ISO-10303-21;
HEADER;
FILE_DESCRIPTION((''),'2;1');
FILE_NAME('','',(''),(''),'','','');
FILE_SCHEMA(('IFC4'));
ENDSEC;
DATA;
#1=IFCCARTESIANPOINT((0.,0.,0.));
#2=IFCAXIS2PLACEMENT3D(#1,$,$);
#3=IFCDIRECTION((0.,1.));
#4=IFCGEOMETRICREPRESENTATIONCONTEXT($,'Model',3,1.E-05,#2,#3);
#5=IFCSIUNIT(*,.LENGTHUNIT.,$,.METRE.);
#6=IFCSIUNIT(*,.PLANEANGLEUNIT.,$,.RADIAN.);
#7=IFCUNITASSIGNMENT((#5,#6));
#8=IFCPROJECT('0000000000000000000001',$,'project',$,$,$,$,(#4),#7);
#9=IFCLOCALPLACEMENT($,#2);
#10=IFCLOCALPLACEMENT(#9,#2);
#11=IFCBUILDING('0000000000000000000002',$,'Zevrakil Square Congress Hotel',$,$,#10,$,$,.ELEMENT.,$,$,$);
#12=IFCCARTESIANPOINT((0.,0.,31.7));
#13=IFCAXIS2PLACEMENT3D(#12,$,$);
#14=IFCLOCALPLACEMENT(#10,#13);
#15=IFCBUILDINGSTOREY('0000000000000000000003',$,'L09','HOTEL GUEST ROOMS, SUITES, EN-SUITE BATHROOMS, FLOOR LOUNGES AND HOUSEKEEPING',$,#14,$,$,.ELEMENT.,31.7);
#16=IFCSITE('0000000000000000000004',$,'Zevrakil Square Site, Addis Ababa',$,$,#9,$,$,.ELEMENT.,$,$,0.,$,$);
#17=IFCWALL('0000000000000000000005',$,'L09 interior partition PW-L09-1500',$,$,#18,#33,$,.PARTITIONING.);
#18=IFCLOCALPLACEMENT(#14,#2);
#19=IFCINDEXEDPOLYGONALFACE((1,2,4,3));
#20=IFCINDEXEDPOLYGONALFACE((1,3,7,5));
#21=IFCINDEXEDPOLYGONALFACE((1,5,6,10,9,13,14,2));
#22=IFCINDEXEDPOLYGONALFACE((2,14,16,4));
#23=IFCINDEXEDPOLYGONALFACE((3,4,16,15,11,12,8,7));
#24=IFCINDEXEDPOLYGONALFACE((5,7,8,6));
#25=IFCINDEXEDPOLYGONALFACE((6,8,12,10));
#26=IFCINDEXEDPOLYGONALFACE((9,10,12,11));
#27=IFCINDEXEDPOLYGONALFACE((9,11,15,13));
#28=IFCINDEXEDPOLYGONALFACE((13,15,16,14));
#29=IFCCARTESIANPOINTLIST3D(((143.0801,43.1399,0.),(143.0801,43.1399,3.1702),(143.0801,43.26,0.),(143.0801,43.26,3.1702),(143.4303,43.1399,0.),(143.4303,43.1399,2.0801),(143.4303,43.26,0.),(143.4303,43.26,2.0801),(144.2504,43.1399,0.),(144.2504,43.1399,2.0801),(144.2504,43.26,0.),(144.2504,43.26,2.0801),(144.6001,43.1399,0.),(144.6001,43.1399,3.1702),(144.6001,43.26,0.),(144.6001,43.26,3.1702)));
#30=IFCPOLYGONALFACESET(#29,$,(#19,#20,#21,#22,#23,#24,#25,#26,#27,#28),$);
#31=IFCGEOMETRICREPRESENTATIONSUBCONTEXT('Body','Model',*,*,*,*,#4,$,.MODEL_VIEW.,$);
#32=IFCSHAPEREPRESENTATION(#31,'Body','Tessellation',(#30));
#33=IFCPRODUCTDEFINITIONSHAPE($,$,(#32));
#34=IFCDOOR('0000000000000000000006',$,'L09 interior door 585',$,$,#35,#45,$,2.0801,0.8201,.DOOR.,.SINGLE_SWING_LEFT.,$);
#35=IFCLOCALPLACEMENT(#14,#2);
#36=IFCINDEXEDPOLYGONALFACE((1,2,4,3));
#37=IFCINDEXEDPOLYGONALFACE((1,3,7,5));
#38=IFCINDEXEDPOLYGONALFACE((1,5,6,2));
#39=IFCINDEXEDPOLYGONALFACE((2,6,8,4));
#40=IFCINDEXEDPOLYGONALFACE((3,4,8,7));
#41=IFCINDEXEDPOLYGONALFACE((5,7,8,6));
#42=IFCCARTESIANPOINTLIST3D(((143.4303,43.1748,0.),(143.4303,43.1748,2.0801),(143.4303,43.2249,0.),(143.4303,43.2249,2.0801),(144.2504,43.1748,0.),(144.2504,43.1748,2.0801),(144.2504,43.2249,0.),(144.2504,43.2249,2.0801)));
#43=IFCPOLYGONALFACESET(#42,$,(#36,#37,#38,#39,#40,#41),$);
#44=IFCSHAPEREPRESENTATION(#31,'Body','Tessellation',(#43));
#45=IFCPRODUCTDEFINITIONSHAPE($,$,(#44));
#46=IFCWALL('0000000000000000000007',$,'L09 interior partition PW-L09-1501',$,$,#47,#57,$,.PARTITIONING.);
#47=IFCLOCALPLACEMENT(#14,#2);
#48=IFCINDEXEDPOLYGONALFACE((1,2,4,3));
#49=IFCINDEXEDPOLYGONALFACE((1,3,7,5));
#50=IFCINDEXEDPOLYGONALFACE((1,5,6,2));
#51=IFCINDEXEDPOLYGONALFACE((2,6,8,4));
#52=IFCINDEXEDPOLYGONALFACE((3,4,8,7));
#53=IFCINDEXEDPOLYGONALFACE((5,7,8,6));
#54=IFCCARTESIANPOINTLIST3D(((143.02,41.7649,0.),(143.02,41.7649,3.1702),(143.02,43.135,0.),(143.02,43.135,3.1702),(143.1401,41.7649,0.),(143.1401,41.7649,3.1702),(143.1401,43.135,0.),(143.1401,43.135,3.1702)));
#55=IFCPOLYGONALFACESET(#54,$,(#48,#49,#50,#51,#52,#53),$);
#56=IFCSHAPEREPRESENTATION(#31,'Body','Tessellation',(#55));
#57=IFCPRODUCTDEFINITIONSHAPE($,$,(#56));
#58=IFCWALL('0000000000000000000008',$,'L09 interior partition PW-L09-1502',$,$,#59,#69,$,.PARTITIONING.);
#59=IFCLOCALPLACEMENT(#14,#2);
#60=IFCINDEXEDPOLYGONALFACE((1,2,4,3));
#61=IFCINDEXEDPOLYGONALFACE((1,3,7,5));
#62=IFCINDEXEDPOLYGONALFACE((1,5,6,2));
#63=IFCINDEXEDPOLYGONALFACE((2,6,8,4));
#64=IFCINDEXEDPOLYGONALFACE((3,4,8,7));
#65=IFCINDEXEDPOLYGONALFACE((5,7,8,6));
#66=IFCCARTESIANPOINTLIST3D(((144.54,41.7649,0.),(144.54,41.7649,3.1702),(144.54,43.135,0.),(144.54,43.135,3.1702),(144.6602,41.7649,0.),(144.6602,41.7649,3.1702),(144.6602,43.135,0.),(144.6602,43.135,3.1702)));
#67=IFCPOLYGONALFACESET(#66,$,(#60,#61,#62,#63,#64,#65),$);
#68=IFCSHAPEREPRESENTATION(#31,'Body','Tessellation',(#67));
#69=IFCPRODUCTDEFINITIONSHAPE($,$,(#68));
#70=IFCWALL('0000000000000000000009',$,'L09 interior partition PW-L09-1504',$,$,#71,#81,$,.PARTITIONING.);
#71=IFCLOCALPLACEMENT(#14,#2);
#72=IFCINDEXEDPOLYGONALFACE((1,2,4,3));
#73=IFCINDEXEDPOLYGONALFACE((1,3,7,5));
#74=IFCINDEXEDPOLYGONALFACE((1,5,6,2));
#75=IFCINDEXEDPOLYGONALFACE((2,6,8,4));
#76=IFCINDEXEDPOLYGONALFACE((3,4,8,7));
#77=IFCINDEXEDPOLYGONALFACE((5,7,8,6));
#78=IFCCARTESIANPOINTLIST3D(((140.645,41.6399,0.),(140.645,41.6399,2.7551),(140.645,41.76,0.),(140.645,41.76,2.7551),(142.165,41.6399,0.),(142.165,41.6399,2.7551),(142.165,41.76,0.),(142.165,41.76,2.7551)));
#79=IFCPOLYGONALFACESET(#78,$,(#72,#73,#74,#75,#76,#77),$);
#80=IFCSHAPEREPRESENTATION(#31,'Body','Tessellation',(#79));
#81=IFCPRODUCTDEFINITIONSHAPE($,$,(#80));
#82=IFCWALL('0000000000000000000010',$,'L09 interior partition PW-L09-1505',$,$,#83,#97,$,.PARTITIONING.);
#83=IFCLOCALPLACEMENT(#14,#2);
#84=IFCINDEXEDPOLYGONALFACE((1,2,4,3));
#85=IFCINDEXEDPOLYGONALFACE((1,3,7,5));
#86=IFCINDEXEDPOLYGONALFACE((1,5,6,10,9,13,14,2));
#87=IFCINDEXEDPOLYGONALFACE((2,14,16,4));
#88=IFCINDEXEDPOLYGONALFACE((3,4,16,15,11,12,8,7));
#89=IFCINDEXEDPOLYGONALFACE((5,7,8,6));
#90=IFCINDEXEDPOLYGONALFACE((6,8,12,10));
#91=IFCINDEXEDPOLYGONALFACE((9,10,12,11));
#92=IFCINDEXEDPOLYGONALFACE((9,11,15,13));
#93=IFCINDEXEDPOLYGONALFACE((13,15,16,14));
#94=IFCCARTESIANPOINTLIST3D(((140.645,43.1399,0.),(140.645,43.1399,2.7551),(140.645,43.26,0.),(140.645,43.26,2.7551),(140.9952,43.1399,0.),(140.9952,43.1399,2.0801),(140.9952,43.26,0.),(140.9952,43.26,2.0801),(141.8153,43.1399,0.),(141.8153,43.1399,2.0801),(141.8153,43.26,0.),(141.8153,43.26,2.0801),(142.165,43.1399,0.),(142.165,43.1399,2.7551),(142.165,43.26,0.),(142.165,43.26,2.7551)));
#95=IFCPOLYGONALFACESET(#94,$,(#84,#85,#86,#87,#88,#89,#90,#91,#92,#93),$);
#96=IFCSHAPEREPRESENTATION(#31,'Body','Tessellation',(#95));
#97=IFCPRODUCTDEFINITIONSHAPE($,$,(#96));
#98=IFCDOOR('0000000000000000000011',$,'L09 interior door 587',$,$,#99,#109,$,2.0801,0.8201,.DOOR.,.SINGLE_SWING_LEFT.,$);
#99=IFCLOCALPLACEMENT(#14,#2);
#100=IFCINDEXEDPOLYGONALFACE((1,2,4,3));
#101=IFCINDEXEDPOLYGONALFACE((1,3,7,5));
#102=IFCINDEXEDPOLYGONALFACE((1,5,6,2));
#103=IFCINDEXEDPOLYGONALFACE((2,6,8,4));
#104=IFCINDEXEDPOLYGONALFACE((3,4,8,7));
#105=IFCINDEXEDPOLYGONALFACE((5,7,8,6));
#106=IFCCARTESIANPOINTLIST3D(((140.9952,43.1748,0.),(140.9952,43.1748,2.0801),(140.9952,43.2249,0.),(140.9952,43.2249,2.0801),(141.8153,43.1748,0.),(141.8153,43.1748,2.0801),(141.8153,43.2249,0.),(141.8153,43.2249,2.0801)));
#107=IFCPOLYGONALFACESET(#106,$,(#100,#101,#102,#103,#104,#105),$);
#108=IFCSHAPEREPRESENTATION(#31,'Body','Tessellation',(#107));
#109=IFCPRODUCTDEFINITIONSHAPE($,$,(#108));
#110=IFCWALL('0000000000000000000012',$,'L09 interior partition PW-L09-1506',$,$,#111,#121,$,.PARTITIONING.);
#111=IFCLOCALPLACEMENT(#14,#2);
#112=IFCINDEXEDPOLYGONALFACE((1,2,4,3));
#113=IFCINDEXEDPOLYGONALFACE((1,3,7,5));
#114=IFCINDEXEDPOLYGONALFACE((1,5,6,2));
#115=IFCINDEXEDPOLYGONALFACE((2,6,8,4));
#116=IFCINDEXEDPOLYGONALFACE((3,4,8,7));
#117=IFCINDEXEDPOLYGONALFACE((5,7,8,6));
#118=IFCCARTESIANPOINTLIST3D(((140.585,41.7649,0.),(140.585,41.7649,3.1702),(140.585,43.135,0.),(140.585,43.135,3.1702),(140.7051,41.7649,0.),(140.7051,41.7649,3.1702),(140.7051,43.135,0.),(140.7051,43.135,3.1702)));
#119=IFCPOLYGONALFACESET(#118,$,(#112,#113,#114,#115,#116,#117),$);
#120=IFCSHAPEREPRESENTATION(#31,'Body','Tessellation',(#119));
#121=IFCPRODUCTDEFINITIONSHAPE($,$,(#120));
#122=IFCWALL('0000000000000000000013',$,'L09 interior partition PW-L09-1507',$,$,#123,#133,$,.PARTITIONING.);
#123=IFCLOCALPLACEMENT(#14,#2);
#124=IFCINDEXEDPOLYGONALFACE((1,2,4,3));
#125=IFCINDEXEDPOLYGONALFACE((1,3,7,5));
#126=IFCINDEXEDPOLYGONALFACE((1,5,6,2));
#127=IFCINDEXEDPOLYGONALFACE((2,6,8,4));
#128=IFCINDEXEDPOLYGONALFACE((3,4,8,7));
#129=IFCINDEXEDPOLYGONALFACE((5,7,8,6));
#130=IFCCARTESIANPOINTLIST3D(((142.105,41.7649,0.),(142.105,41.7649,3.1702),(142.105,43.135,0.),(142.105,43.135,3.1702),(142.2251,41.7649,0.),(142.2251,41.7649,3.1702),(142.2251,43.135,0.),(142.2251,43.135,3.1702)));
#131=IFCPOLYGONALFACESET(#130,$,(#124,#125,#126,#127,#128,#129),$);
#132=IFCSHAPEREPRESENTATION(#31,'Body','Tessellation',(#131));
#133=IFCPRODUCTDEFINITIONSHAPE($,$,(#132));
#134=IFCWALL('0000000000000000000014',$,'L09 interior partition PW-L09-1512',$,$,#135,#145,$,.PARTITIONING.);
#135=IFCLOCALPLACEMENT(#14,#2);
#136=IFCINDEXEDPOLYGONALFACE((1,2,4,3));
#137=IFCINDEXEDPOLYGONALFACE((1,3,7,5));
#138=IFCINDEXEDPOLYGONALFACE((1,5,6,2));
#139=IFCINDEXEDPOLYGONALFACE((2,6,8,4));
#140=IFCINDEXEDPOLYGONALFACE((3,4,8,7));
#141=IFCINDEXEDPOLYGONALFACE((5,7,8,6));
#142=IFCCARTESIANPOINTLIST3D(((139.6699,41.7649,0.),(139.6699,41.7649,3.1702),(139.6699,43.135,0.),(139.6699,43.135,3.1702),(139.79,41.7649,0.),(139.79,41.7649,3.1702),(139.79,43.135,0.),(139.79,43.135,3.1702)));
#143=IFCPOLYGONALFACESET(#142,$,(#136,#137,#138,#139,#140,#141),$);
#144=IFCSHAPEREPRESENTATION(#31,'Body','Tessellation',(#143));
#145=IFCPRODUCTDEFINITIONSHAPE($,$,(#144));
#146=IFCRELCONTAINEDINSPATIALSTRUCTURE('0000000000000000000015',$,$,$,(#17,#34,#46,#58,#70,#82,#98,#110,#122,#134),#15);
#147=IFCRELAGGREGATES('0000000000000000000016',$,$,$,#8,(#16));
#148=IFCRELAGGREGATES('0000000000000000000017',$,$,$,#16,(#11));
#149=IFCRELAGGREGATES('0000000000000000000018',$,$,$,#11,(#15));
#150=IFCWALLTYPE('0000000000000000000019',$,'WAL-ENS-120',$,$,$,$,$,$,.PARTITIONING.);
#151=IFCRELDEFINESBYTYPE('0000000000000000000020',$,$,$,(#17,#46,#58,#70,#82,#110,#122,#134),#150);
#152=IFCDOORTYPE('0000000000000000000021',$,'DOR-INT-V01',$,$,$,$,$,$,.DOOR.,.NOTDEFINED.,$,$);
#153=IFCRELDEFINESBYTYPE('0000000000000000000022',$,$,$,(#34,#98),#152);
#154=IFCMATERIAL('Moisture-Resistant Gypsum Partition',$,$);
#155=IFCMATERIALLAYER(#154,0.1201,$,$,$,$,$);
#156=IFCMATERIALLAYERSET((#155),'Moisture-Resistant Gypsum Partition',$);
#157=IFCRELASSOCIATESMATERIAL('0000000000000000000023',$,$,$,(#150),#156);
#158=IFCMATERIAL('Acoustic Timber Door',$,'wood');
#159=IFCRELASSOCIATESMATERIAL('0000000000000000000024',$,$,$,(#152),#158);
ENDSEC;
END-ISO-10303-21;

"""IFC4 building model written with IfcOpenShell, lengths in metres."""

from ifc_helpers import new_model, si_unit, direction, frame, frame_2d, origin, place, context, subcontext, project, spatial, rectangle, extrude, material, layer, layer_set, type_object, element, fill, save


model = new_model("IFC4")

# Units and contexts
model_context = context("Model", 3, precision=1e-05, world=origin(), true_north=direction((0.0, 1.0)))
body_context = subcontext(model_context, "Body", "Model", "MODEL_VIEW")
ifc_project = project(units=[si_unit("LENGTHUNIT", "METRE"), si_unit("PLANEANGLEUNIT", "RADIAN")], contexts=[model_context])

# Site, building, storey
site_placement = place(None, origin())
site = spatial("IfcSite", under=ifc_project, at=site_placement, Name="Zevrakil Square Site, Addis Ababa", CompositionType="ELEMENT", RefElevation=0.0)
building_placement = place(site_placement, origin())
building = spatial("IfcBuilding", under=site, at=building_placement, Name="Zevrakil Square Congress Hotel", CompositionType="ELEMENT")
storey_placement = place(building_placement, frame((0.0, 0.0, 31.7)))
storey = spatial("IfcBuildingStorey", under=building, at=storey_placement, Name="L09", Description="HOTEL GUEST ROOMS, SUITES, EN-SUITE BATHROOMS, FLOOR LOUNGES AND HOUSEKEEPING", CompositionType="ELEMENT", Elevation=31.7)

# Shared definitions
ifc_material_1 = material(Name="Moisture-Resistant Gypsum Partition")
ifc_layer_1 = layer(ifc_material_1, 0.1201)
ifc_layer_set_1 = layer_set([ifc_layer_1], Name="Moisture-Resistant Gypsum Partition")
wall_type_1 = type_object("IfcWallType", Name="WAL-ENS-120", PredefinedType="PARTITIONING", material=ifc_layer_set_1)

# Wall, opening, door
wall_1_placement = place(storey_placement, frame((143.0801, 43.2, 0.0), z_axis=(0.0, 0.0, 1.0), x_axis=(1.0, 0.0, 0.0)))
wall_1 = element("IfcWall", 1, at=wall_1_placement, inside=storey, type_object=wall_type_1, Name="L09 interior partition PW-L09-1500", PredefinedType="PARTITIONING", context=body_context, shape_type="SweptSolid", body=[
    extrude(rectangle(XDim=1.52, YDim=0.1201, at=frame_2d((0.76, 0.0))), origin(), (0.0, 0.0, 1.0), 3.1702),
])
opening_1_placement = place(wall_1_placement, frame((0.3501, 0.0, 0.0)))
opening_1 = element("IfcOpeningElement", 2, at=opening_1_placement, cuts=wall_1, PredefinedType="OPENING", context=body_context, shape_type="SweptSolid", body=[
    extrude(rectangle(XDim=0.8201, YDim=2.0801, at=frame_2d((0.4102, 1.04))), frame((0.0, 0.0701, 0.0), z_axis=(0.0, -1.0, 0.0), x_axis=(1.0, 0.0, 0.0)), (0.0, 0.0, 1.0), 0.1401),
])
ifc_material_2 = material(Name="Acoustic Timber Door", Category="wood")
door_type_1 = type_object("IfcDoorType", Name="DOR-INT-V01", OperationType="NOTDEFINED", PredefinedType="DOOR", material=ifc_material_2)
door_1_placement = place(opening_1_placement, origin())
door_1 = element("IfcDoor", 3, at=door_1_placement, inside=storey, type_object=door_type_1, Name="L09 interior door 585", OperationType="SINGLE_SWING_LEFT", OverallHeight=2.0801, OverallWidth=0.8201, PredefinedType="DOOR", context=body_context, shape_type="SweptSolid", body=[
    extrude(rectangle(XDim=0.8201, YDim=2.0801, at=frame_2d((0.4102, 1.04))), frame((0.0, 0.0249, 0.0), z_axis=(0.0, -1.0, 0.0), x_axis=(1.0, 0.0, 0.0)), (0.0, 0.0, 1.0), 0.05),
])
fill(opening_1, door_1)

# Walls
for number, where, z_axis, x_axis, name in (
    (4, (143.0801, 41.7649, 0.0), (0.0, 0.0, 1.0), (0.0, 1.0, 0.0), "L09 interior partition PW-L09-1501"),
    (5, (144.6001, 41.7649, 0.0), (0.0, 0.0, 1.0), (0.0, 1.0, 0.0), "L09 interior partition PW-L09-1502"),
):
    element("IfcWall", number, at=place(storey_placement, frame(where, z_axis=z_axis, x_axis=x_axis)), inside=storey, type_object=wall_type_1, Name=name, PredefinedType="PARTITIONING", context=body_context, shape_type="SweptSolid", body=[
        extrude(rectangle(XDim=1.3701, YDim=0.1201, at=frame_2d((0.6851, 0.0))), origin(), (0.0, 0.0, 1.0), 3.1702),
    ])
wall_2_placement = place(storey_placement, frame((140.645, 41.7, 0.0), z_axis=(0.0, 0.0, 1.0), x_axis=(1.0, 0.0, 0.0)))
element("IfcWall", 6, at=wall_2_placement, inside=storey, type_object=wall_type_1, Name="L09 interior partition PW-L09-1504", PredefinedType="PARTITIONING", context=body_context, shape_type="SweptSolid", body=[
    extrude(rectangle(XDim=1.52, YDim=0.1201, at=frame_2d((0.76, 0.0))), origin(), (0.0, 0.0, 1.0), 2.7551),
])

# Wall, opening, door
wall_3_placement = place(storey_placement, frame((140.645, 43.2, 0.0), z_axis=(0.0, 0.0, 1.0), x_axis=(1.0, 0.0, 0.0)))
wall_3 = element("IfcWall", 7, at=wall_3_placement, inside=storey, type_object=wall_type_1, Name="L09 interior partition PW-L09-1505", PredefinedType="PARTITIONING", context=body_context, shape_type="SweptSolid", body=[
    extrude(rectangle(XDim=1.52, YDim=0.1201, at=frame_2d((0.76, 0.0))), origin(), (0.0, 0.0, 1.0), 2.7551),
])
opening_2_placement = place(wall_3_placement, frame((0.3501, 0.0, 0.0)))
opening_2 = element("IfcOpeningElement", 8, at=opening_2_placement, cuts=wall_3, PredefinedType="OPENING", context=body_context, shape_type="SweptSolid", body=[
    extrude(rectangle(XDim=0.8201, YDim=2.0801, at=frame_2d((0.4102, 1.04))), frame((0.0, 0.0701, 0.0), z_axis=(0.0, -1.0, 0.0), x_axis=(1.0, 0.0, 0.0)), (0.0, 0.0, 1.0), 0.1401),
])
door_2_placement = place(opening_2_placement, origin())
door_2 = element("IfcDoor", 9, at=door_2_placement, inside=storey, type_object=door_type_1, Name="L09 interior door 587", OperationType="SINGLE_SWING_LEFT", OverallHeight=2.0801, OverallWidth=0.8201, PredefinedType="DOOR", context=body_context, shape_type="SweptSolid", body=[
    extrude(rectangle(XDim=0.8201, YDim=2.0801, at=frame_2d((0.4102, 1.04))), frame((0.0, 0.0249, 0.0), z_axis=(0.0, -1.0, 0.0), x_axis=(1.0, 0.0, 0.0)), (0.0, 0.0, 1.0), 0.05),
])
fill(opening_2, door_2)

# Walls
for number, where, z_axis, x_axis, name in (
    (10, (140.645, 41.7649, 0.0), (0.0, 0.0, 1.0), (0.0, 1.0, 0.0), "L09 interior partition PW-L09-1506"),
    (11, (142.165, 41.7649, 0.0), (0.0, 0.0, 1.0), (0.0, 1.0, 0.0), "L09 interior partition PW-L09-1507"),
    (12, (139.73, 41.7649, 0.0), (0.0, 0.0, 1.0), (0.0, 1.0, 0.0), "L09 interior partition PW-L09-1512"),
):
    element("IfcWall", number, at=place(storey_placement, frame(where, z_axis=z_axis, x_axis=x_axis)), inside=storey, type_object=wall_type_1, Name=name, PredefinedType="PARTITIONING", context=body_context, shape_type="SweptSolid", body=[
        extrude(rectangle(XDim=1.3701, YDim=0.1201, at=frame_2d((0.6851, 0.0))), origin(), (0.0, 0.0, 1.0), 3.1702),
    ])

save(model, "model.ifc")
